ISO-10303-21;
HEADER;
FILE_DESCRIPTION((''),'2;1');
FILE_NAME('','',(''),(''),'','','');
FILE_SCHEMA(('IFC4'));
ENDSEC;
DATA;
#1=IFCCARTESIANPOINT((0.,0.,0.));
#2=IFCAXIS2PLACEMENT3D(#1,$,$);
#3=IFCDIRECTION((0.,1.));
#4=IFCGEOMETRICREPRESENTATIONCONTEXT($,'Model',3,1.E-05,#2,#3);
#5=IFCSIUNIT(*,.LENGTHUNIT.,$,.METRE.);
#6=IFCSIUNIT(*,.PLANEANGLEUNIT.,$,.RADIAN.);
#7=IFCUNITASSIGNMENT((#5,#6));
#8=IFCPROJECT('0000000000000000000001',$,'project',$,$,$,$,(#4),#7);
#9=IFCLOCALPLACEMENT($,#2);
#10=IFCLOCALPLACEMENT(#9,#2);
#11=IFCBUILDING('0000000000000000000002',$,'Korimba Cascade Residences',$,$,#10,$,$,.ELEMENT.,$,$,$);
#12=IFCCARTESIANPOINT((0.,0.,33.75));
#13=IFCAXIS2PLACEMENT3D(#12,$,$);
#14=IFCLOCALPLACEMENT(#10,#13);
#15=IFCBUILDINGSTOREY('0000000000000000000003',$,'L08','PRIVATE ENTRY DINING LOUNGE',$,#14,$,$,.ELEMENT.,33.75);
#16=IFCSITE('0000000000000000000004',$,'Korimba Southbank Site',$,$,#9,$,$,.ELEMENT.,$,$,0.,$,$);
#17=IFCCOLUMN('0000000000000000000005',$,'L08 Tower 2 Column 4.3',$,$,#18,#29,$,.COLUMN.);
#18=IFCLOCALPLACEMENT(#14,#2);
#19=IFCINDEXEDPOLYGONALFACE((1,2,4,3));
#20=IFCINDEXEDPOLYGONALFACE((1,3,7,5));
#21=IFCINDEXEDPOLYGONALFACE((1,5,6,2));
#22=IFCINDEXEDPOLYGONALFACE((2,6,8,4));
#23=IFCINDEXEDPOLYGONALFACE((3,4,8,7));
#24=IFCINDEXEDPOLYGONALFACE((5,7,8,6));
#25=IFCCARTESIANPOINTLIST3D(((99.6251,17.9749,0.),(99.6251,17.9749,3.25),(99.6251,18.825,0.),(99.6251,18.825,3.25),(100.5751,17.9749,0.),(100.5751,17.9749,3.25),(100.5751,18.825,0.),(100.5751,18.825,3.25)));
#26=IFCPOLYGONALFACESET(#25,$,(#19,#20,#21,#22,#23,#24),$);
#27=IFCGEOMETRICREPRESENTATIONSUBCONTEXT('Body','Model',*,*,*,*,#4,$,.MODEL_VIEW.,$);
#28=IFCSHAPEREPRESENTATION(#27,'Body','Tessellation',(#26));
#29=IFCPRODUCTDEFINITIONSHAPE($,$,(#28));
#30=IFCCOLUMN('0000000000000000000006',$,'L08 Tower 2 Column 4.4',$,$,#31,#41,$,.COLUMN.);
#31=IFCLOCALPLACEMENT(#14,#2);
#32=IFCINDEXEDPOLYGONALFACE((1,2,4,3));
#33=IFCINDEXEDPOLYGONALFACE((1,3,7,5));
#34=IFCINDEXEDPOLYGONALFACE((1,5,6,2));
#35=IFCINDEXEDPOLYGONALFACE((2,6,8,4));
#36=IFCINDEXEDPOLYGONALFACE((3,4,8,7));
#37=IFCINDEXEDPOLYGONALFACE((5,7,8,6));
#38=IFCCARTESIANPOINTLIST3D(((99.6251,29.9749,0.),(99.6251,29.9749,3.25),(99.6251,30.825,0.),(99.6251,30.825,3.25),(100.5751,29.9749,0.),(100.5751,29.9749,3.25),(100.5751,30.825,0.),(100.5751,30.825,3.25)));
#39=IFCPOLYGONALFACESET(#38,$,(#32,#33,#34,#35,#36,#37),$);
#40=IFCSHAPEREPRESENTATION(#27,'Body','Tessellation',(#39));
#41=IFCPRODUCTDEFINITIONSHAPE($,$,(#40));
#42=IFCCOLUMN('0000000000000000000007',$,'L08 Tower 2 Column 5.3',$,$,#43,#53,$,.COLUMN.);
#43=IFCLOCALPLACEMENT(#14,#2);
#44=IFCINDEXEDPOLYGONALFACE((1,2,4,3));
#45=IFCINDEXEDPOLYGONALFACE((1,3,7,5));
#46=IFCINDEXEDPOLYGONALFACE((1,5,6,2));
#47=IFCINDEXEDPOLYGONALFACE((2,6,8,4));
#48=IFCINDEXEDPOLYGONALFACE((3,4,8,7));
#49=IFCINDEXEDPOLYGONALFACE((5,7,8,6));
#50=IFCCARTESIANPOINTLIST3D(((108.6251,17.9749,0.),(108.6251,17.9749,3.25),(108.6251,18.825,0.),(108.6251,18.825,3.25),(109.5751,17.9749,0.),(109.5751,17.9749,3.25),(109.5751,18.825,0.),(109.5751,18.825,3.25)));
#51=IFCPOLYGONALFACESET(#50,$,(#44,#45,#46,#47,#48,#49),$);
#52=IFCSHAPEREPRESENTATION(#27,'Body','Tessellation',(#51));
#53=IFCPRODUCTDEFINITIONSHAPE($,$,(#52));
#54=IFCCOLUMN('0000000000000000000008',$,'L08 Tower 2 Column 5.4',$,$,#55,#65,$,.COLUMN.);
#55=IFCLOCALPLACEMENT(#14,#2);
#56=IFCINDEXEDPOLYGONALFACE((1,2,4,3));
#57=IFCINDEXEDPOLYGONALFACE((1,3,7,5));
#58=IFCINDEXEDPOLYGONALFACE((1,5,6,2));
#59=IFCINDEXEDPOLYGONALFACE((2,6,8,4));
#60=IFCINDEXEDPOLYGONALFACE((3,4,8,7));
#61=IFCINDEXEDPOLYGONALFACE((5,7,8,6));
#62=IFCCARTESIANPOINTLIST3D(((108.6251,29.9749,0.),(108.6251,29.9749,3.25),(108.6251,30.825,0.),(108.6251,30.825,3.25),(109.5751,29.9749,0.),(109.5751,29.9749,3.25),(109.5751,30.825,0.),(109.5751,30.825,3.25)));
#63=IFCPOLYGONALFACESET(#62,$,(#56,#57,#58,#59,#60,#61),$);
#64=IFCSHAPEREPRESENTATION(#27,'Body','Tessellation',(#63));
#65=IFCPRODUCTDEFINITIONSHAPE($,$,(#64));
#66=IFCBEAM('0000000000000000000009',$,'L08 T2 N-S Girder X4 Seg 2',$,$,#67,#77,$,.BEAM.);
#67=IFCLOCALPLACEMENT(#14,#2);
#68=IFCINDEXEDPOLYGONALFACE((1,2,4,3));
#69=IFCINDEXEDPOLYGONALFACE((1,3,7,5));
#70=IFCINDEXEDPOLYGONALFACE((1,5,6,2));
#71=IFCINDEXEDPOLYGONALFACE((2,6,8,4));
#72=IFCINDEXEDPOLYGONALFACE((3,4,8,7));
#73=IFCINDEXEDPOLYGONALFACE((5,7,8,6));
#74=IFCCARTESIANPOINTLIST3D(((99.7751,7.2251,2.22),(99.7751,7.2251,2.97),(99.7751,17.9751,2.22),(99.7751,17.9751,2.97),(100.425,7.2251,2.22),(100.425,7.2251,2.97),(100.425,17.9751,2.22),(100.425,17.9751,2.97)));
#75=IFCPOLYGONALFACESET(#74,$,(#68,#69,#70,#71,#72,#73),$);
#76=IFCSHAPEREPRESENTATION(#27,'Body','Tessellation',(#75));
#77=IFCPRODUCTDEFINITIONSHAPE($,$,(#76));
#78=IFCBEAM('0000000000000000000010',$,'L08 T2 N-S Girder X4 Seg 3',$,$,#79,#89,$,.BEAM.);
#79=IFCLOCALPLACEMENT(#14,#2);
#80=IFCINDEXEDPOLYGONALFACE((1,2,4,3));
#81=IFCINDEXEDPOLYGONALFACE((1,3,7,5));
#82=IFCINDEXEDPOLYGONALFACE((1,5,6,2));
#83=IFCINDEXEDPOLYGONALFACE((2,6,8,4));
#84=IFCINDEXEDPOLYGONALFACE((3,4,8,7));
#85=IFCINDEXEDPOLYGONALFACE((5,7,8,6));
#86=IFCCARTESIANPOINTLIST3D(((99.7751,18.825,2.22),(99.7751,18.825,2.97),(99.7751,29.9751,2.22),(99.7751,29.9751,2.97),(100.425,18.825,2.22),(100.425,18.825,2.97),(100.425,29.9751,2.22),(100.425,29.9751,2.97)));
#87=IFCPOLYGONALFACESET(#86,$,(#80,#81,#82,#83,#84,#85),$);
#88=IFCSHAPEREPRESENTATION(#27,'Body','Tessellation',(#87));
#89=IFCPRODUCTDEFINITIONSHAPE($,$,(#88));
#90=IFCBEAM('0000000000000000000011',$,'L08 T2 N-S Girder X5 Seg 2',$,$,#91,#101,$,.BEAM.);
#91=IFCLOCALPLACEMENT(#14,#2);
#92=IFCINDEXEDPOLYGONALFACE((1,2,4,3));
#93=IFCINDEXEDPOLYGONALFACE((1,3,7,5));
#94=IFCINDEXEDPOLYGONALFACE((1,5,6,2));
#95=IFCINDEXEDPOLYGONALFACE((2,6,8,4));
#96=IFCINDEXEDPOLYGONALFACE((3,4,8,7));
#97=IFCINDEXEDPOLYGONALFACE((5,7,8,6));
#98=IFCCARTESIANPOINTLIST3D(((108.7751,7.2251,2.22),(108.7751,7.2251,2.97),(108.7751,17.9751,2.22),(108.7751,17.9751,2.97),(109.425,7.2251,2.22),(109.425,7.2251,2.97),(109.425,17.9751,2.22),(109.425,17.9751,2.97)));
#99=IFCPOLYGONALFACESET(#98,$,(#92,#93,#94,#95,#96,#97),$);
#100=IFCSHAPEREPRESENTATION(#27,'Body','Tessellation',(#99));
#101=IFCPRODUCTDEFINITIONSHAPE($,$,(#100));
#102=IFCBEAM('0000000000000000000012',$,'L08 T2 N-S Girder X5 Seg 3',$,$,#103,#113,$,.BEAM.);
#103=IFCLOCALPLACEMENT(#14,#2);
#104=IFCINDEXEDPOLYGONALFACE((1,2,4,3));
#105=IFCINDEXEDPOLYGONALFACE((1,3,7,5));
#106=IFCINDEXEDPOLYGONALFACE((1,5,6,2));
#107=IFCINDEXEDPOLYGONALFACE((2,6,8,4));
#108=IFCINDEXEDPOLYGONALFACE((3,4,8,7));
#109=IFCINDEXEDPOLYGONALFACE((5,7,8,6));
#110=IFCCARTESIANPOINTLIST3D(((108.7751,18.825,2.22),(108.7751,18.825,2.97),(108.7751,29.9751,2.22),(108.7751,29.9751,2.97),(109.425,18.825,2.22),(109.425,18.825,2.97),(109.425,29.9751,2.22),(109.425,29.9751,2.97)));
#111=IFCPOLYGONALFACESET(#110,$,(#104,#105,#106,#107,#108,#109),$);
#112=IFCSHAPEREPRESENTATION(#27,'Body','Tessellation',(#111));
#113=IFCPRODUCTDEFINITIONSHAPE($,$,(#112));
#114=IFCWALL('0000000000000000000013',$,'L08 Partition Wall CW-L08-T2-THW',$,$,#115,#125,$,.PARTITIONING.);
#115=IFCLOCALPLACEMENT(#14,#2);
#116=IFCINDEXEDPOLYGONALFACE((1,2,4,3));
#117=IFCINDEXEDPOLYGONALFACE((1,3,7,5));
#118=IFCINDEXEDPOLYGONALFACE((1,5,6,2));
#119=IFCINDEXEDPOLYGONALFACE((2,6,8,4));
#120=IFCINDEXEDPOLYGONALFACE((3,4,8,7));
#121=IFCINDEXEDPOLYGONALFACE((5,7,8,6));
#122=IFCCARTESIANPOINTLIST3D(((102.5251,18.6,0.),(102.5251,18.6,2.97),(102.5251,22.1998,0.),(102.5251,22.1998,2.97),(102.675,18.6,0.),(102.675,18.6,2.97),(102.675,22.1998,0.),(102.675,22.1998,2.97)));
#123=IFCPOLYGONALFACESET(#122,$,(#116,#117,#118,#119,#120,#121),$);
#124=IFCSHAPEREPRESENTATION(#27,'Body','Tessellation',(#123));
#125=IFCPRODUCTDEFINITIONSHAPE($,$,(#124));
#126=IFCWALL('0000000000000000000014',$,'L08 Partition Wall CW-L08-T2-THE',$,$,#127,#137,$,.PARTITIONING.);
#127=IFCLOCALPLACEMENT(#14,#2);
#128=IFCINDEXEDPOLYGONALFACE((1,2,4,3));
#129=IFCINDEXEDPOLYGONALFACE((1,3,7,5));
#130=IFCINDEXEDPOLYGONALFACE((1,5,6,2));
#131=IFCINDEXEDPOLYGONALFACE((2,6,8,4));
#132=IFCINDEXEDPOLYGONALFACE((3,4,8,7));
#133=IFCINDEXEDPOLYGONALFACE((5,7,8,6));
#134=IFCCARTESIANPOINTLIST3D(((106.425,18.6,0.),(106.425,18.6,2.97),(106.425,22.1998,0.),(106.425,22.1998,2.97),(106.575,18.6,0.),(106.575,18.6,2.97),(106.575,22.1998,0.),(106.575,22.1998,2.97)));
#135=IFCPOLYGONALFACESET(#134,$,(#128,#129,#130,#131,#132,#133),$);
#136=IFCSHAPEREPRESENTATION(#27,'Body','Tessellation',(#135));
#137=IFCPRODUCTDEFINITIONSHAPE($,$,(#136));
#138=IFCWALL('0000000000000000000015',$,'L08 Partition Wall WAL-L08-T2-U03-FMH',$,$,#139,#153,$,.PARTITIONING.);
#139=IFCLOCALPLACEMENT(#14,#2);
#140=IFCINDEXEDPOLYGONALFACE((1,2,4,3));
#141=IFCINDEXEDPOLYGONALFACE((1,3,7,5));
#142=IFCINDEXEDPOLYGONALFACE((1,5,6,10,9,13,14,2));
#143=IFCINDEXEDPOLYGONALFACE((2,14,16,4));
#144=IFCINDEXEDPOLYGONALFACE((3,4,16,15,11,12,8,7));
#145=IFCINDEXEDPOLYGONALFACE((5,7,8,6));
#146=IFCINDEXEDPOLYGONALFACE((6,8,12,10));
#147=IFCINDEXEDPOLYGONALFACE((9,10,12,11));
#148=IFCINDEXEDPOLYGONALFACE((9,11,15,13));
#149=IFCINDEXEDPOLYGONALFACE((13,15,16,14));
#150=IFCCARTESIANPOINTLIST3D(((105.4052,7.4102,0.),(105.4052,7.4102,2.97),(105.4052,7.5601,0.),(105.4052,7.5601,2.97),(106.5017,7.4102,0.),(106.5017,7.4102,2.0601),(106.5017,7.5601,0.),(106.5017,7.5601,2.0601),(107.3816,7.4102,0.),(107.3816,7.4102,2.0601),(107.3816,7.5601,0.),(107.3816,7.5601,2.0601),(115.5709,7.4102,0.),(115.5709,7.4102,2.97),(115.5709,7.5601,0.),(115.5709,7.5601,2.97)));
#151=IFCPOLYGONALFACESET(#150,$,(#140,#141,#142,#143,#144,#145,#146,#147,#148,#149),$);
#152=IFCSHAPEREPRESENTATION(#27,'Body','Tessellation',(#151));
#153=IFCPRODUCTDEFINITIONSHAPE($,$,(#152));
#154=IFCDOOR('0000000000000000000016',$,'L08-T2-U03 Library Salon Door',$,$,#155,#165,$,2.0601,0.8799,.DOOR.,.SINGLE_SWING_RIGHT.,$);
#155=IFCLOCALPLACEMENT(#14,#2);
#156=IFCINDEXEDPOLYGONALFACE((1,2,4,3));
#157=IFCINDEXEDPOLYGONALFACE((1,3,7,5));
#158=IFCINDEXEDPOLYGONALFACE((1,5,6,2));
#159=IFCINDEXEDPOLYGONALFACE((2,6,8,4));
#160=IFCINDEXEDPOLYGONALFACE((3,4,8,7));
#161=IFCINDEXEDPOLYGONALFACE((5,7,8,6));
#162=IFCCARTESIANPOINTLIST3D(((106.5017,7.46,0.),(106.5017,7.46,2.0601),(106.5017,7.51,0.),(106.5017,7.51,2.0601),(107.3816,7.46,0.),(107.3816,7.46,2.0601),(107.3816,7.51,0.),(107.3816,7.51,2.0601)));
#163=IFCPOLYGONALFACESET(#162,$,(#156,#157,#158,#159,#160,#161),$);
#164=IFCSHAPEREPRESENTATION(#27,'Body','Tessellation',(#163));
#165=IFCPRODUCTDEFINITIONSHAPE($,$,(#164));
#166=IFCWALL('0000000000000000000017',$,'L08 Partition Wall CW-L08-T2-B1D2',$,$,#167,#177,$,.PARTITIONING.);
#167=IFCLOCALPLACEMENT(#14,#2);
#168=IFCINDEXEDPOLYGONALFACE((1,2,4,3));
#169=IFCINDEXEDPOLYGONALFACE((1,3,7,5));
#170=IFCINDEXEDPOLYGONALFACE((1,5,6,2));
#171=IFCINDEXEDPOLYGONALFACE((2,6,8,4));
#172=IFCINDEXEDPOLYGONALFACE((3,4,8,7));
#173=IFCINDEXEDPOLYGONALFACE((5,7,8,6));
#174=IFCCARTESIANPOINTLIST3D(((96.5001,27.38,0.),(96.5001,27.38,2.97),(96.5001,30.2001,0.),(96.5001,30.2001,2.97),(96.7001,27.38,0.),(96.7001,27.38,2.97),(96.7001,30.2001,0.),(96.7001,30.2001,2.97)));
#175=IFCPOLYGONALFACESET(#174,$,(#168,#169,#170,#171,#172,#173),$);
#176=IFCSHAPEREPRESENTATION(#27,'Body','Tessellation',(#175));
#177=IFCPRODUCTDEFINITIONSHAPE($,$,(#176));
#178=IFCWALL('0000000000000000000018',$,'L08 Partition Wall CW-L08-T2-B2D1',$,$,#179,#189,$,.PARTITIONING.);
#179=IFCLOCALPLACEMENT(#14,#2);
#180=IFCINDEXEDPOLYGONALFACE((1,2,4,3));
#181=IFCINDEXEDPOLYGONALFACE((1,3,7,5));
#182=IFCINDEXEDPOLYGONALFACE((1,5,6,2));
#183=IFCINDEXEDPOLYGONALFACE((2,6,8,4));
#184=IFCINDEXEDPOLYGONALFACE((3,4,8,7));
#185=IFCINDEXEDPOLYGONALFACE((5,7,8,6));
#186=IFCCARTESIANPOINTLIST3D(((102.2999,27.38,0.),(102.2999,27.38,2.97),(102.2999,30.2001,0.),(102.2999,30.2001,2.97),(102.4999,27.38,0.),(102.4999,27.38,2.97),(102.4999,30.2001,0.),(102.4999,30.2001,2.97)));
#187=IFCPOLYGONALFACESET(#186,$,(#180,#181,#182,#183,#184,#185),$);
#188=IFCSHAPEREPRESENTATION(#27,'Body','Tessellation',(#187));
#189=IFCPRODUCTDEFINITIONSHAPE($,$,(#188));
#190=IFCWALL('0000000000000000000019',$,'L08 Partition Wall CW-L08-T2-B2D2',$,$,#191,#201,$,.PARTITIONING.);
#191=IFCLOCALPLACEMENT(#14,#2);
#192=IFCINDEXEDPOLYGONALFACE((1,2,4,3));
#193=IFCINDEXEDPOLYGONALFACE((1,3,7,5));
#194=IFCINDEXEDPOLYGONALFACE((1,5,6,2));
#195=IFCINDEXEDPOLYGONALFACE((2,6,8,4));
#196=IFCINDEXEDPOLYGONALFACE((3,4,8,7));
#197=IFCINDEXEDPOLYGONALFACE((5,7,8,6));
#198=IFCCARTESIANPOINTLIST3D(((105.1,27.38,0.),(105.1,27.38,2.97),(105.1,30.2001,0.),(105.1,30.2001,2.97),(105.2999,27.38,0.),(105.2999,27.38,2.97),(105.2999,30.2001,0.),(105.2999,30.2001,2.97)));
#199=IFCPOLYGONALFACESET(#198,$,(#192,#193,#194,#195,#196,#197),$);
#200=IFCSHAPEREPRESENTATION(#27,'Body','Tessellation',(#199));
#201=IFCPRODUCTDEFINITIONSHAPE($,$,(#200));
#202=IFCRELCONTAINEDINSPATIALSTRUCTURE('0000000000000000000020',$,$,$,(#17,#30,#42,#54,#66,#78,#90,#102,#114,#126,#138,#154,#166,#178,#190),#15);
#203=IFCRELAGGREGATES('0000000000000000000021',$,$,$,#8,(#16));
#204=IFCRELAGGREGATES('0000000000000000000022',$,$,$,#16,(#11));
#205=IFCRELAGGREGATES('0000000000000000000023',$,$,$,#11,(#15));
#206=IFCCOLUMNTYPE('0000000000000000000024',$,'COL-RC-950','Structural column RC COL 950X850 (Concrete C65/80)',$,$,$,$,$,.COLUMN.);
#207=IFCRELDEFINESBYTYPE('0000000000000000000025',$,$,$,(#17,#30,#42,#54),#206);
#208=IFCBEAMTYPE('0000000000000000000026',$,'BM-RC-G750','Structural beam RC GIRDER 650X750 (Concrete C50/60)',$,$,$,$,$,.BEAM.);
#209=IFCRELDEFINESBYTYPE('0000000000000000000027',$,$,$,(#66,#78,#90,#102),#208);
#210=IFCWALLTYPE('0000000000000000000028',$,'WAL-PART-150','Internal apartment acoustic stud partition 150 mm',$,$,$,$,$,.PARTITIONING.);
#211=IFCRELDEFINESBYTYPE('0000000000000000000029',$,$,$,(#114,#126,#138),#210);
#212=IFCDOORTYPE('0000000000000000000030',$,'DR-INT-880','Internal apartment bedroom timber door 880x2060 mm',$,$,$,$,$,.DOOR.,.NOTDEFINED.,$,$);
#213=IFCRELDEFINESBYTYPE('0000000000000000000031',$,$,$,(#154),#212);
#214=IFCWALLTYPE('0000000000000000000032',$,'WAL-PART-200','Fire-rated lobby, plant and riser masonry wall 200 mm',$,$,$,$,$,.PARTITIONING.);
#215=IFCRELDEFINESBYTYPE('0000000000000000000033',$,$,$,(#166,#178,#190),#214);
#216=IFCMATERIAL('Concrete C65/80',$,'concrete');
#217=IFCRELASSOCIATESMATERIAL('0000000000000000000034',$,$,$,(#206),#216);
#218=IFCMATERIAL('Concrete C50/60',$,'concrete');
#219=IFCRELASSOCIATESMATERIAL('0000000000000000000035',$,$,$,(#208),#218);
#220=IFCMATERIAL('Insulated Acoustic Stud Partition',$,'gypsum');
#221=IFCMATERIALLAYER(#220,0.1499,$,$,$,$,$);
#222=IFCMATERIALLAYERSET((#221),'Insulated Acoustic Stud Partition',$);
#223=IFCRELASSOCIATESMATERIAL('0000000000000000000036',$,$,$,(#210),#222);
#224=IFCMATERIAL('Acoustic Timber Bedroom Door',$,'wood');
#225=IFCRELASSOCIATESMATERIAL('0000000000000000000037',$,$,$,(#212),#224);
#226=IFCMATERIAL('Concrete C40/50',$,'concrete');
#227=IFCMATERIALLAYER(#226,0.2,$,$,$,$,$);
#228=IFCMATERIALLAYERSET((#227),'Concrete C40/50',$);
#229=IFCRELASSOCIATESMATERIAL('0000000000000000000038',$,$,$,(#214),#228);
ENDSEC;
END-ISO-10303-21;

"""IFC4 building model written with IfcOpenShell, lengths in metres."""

from ifc_helpers import new_model, si_unit, direction, frame, frame_2d, origin, origin_2d, place, context, subcontext, project, spatial, rectangle, extrude, material, layer, layer_set, material_profile, profile_set, type_object, element, fill, save


model = new_model("IFC4")

# Units and contexts
model_context = context("Model", 3, precision=1e-05, world=origin(), true_north=direction((0.0, 1.0)))
body_context = subcontext(model_context, "Body", "Model", "MODEL_VIEW")
ifc_project = project(units=[si_unit("LENGTHUNIT", "METRE"), si_unit("PLANEANGLEUNIT", "RADIAN")], contexts=[model_context])

# Site, building, storey
site_placement = place(None, origin())
site = spatial("IfcSite", under=ifc_project, at=site_placement, Name="Korimba Southbank Site", CompositionType="ELEMENT", RefElevation=0.0)
building_placement = place(site_placement, origin())
building = spatial("IfcBuilding", under=site, at=building_placement, Name="Korimba Cascade Residences", CompositionType="ELEMENT")
storey_placement = place(building_placement, frame((0.0, 0.0, 33.75)))
storey = spatial("IfcBuildingStorey", under=building, at=storey_placement, Name="L08", Description="PRIVATE ENTRY DINING LOUNGE", CompositionType="ELEMENT", Elevation=33.75)

# Columns
ifc_material_1 = material(Name="Concrete C65/80", Category="concrete")
ifc_material_profile_1 = material_profile(ifc_material_1, rectangle(XDim=0.95, YDim=0.8501, at=origin_2d()), Name="Concrete C65/80")
ifc_profile_set_1 = profile_set([ifc_material_profile_1], Name="Concrete C65/80")
column_type = type_object("IfcColumnType", Name="COL-RC-950", Description="Structural column RC COL 950X850 (Concrete C65/80)", PredefinedType="COLUMN", material=ifc_profile_set_1)
for number, where, z_axis, x_axis, name in (
    (1, (100.1001, 18.3999, 0.0), (0.0, 0.0, 1.0), (1.0, 0.0, 0.0), "L08 Tower 2 Column 4.3"),
    (2, (100.1001, 30.3999, 0.0), (0.0, 0.0, 1.0), (1.0, 0.0, 0.0), "L08 Tower 2 Column 4.4"),
    (3, (109.1001, 18.3999, 0.0), (0.0, 0.0, 1.0), (1.0, 0.0, 0.0), "L08 Tower 2 Column 5.3"),
    (4, (109.1001, 30.3999, 0.0), (0.0, 0.0, 1.0), (1.0, 0.0, 0.0), "L08 Tower 2 Column 5.4"),
):
    element("IfcColumn", number, at=place(storey_placement, frame(where, z_axis=z_axis, x_axis=x_axis)), inside=storey, type_object=column_type, Name=name, PredefinedType="COLUMN", context=body_context, shape_type="SweptSolid", body=[
        extrude(rectangle(XDim=0.95, YDim=0.8501, at=origin_2d()), origin(), (0.0, 0.0, 1.0), 3.25),
    ])

# Beams
ifc_material_2 = material(Name="Concrete C50/60", Category="concrete")
ifc_material_profile_2 = material_profile(ifc_material_2, rectangle(XDim=0.6499, YDim=0.75, at=origin_2d()), Name="Concrete C50/60")
ifc_profile_set_2 = profile_set([ifc_material_profile_2], Name="Concrete C50/60")
beam_type = type_object("IfcBeamType", Name="BM-RC-G750", Description="Structural beam RC GIRDER 650X750 (Concrete C50/60)", PredefinedType="BEAM", material=ifc_profile_set_2)
beam_1_placement = place(storey_placement, frame((100.1001, 7.2251, 2.595), z_axis=(0.0, 1.0, 0.0), x_axis=(-1.0, 0.0, 0.0)))
element("IfcBeam", 5, at=beam_1_placement, inside=storey, type_object=beam_type, Name="L08 T2 N-S Girder X4 Seg 2", PredefinedType="BEAM", context=body_context, shape_type="SweptSolid", body=[
    extrude(rectangle(XDim=0.6499, YDim=0.75, at=origin_2d()), origin(), (0.0, 0.0, 1.0), 10.75),
])
beam_2_placement = place(storey_placement, frame((100.1001, 18.825, 2.595), z_axis=(0.0, 1.0, 0.0), x_axis=(-1.0, 0.0, 0.0)))
element("IfcBeam", 6, at=beam_2_placement, inside=storey, type_object=beam_type, Name="L08 T2 N-S Girder X4 Seg 3", PredefinedType="BEAM", context=body_context, shape_type="SweptSolid", body=[
    extrude(rectangle(XDim=0.6499, YDim=0.75, at=origin_2d()), origin(), (0.0, 0.0, 1.0), 11.1501),
])
beam_3_placement = place(storey_placement, frame((109.1001, 7.2251, 2.595), z_axis=(0.0, 1.0, 0.0), x_axis=(-1.0, 0.0, 0.0)))
element("IfcBeam", 7, at=beam_3_placement, inside=storey, type_object=beam_type, Name="L08 T2 N-S Girder X5 Seg 2", PredefinedType="BEAM", context=body_context, shape_type="SweptSolid", body=[
    extrude(rectangle(XDim=0.6499, YDim=0.75, at=origin_2d()), origin(), (0.0, 0.0, 1.0), 10.75),
])
beam_4_placement = place(storey_placement, frame((109.1001, 18.825, 2.595), z_axis=(0.0, 1.0, 0.0), x_axis=(-1.0, 0.0, 0.0)))
element("IfcBeam", 8, at=beam_4_placement, inside=storey, type_object=beam_type, Name="L08 T2 N-S Girder X5 Seg 3", PredefinedType="BEAM", context=body_context, shape_type="SweptSolid", body=[
    extrude(rectangle(XDim=0.6499, YDim=0.75, at=origin_2d()), origin(), (0.0, 0.0, 1.0), 11.1501),
])

# Walls
ifc_material_3 = material(Name="Insulated Acoustic Stud Partition", Category="gypsum")
ifc_layer_1 = layer(ifc_material_3, 0.1499)
ifc_layer_set_1 = layer_set([ifc_layer_1], Name="Insulated Acoustic Stud Partition")
wall_type_1 = type_object("IfcWallType", Name="WAL-PART-150", Description="Internal apartment acoustic stud partition 150 mm", PredefinedType="PARTITIONING", material=ifc_layer_set_1)
for number, where, z_axis, x_axis, name in (
    (9, (102.6001, 18.6001, 0.0), (0.0, 0.0, 1.0), (0.0, 1.0, 0.0), "L08 Partition Wall CW-L08-T2-THW"),
    (10, (106.5, 18.6001, 0.0), (0.0, 0.0, 1.0), (0.0, 1.0, 0.0), "L08 Partition Wall CW-L08-T2-THE"),
):
    element("IfcWall", number, at=place(storey_placement, frame(where, z_axis=z_axis, x_axis=x_axis)), inside=storey, type_object=wall_type_1, Name=name, PredefinedType="PARTITIONING", context=body_context, shape_type="SweptSolid", body=[
        extrude(rectangle(XDim=3.5999, YDim=0.1499, at=frame_2d((1.7998, 0.0))), origin(), (0.0, 0.0, 1.0), 2.97),
    ])

# Wall, opening, door
wall_1_placement = place(storey_placement, frame((105.405, 7.4851, 0.0), z_axis=(0.0, 0.0, 1.0), x_axis=(1.0, 0.0, 0.0)))
wall_1 = element("IfcWall", 11, at=wall_1_placement, inside=storey, type_object=wall_type_1, Name="L08 Partition Wall WAL-L08-T2-U03-FMH", PredefinedType="PARTITIONING", context=body_context, shape_type="SweptSolid", body=[
    extrude(rectangle(XDim=10.1658, YDim=0.1499, at=frame_2d((5.083, 0.0))), origin(), (0.0, 0.0, 1.0), 2.97),
])
opening_1_placement = place(wall_1_placement, frame((1.0967, 0.0, 0.0)))
opening_1 = element("IfcOpeningElement", 12, at=opening_1_placement, cuts=wall_1, PredefinedType="OPENING", context=body_context, shape_type="SweptSolid", body=[
    extrude(rectangle(XDim=0.8799, YDim=2.0601, at=frame_2d((0.4399, 1.03))), frame((0.0, 0.085, 0.0), z_axis=(0.0, -1.0, 0.0), x_axis=(1.0, 0.0, 0.0)), (0.0, 0.0, 1.0), 0.1699),
])
ifc_material_4 = material(Name="Acoustic Timber Bedroom Door", Category="wood")
door_type_1 = type_object("IfcDoorType", Name="DR-INT-880", Description="Internal apartment bedroom timber door 880x2060 mm", OperationType="NOTDEFINED", PredefinedType="DOOR", material=ifc_material_4)
door_1_placement = place(opening_1_placement, origin())
door_1 = element("IfcDoor", 13, at=door_1_placement, inside=storey, type_object=door_type_1, Name="L08-T2-U03 Library Salon Door", OperationType="SINGLE_SWING_RIGHT", OverallHeight=2.0601, OverallWidth=0.8799, PredefinedType="DOOR", context=body_context, shape_type="SweptSolid", body=[
    extrude(rectangle(XDim=0.8799, YDim=2.0601, at=frame_2d((0.4399, 1.03))), frame((0.0, 0.0249, 0.0), z_axis=(0.0, -1.0, 0.0), x_axis=(1.0, 0.0, 0.0)), (0.0, 0.0, 1.0), 0.05),
])
fill(opening_1, door_1)

# Walls
ifc_material_5 = material(Name="Concrete C40/50", Category="concrete")
ifc_layer_2 = layer(ifc_material_5, 0.2)
ifc_layer_set_2 = layer_set([ifc_layer_2], Name="Concrete C40/50")
wall_type_2 = type_object("IfcWallType", Name="WAL-PART-200", Description="Fire-rated lobby, plant and riser masonry wall 200 mm", PredefinedType="PARTITIONING", material=ifc_layer_set_2)
for number, where, z_axis, x_axis, name in (
    (14, (96.6001, 27.3799, 0.0), (0.0, 0.0, 1.0), (0.0, 1.0, 0.0), "L08 Partition Wall CW-L08-T2-B1D2"),
    (15, (102.3999, 27.3799, 0.0), (0.0, 0.0, 1.0), (0.0, 1.0, 0.0), "L08 Partition Wall CW-L08-T2-B2D1"),
    (16, (105.2, 27.3799, 0.0), (0.0, 0.0, 1.0), (0.0, 1.0, 0.0), "L08 Partition Wall CW-L08-T2-B2D2"),
):
    element("IfcWall", number, at=place(storey_placement, frame(where, z_axis=z_axis, x_axis=x_axis)), inside=storey, type_object=wall_type_2, Name=name, PredefinedType="PARTITIONING", context=body_context, shape_type="SweptSolid", body=[
        extrude(rectangle(XDim=2.8201, YDim=0.2, at=frame_2d((1.4102, 0.0))), origin(), (0.0, 0.0, 1.0), 2.97),
    ])

save(model, "model.ifc")
